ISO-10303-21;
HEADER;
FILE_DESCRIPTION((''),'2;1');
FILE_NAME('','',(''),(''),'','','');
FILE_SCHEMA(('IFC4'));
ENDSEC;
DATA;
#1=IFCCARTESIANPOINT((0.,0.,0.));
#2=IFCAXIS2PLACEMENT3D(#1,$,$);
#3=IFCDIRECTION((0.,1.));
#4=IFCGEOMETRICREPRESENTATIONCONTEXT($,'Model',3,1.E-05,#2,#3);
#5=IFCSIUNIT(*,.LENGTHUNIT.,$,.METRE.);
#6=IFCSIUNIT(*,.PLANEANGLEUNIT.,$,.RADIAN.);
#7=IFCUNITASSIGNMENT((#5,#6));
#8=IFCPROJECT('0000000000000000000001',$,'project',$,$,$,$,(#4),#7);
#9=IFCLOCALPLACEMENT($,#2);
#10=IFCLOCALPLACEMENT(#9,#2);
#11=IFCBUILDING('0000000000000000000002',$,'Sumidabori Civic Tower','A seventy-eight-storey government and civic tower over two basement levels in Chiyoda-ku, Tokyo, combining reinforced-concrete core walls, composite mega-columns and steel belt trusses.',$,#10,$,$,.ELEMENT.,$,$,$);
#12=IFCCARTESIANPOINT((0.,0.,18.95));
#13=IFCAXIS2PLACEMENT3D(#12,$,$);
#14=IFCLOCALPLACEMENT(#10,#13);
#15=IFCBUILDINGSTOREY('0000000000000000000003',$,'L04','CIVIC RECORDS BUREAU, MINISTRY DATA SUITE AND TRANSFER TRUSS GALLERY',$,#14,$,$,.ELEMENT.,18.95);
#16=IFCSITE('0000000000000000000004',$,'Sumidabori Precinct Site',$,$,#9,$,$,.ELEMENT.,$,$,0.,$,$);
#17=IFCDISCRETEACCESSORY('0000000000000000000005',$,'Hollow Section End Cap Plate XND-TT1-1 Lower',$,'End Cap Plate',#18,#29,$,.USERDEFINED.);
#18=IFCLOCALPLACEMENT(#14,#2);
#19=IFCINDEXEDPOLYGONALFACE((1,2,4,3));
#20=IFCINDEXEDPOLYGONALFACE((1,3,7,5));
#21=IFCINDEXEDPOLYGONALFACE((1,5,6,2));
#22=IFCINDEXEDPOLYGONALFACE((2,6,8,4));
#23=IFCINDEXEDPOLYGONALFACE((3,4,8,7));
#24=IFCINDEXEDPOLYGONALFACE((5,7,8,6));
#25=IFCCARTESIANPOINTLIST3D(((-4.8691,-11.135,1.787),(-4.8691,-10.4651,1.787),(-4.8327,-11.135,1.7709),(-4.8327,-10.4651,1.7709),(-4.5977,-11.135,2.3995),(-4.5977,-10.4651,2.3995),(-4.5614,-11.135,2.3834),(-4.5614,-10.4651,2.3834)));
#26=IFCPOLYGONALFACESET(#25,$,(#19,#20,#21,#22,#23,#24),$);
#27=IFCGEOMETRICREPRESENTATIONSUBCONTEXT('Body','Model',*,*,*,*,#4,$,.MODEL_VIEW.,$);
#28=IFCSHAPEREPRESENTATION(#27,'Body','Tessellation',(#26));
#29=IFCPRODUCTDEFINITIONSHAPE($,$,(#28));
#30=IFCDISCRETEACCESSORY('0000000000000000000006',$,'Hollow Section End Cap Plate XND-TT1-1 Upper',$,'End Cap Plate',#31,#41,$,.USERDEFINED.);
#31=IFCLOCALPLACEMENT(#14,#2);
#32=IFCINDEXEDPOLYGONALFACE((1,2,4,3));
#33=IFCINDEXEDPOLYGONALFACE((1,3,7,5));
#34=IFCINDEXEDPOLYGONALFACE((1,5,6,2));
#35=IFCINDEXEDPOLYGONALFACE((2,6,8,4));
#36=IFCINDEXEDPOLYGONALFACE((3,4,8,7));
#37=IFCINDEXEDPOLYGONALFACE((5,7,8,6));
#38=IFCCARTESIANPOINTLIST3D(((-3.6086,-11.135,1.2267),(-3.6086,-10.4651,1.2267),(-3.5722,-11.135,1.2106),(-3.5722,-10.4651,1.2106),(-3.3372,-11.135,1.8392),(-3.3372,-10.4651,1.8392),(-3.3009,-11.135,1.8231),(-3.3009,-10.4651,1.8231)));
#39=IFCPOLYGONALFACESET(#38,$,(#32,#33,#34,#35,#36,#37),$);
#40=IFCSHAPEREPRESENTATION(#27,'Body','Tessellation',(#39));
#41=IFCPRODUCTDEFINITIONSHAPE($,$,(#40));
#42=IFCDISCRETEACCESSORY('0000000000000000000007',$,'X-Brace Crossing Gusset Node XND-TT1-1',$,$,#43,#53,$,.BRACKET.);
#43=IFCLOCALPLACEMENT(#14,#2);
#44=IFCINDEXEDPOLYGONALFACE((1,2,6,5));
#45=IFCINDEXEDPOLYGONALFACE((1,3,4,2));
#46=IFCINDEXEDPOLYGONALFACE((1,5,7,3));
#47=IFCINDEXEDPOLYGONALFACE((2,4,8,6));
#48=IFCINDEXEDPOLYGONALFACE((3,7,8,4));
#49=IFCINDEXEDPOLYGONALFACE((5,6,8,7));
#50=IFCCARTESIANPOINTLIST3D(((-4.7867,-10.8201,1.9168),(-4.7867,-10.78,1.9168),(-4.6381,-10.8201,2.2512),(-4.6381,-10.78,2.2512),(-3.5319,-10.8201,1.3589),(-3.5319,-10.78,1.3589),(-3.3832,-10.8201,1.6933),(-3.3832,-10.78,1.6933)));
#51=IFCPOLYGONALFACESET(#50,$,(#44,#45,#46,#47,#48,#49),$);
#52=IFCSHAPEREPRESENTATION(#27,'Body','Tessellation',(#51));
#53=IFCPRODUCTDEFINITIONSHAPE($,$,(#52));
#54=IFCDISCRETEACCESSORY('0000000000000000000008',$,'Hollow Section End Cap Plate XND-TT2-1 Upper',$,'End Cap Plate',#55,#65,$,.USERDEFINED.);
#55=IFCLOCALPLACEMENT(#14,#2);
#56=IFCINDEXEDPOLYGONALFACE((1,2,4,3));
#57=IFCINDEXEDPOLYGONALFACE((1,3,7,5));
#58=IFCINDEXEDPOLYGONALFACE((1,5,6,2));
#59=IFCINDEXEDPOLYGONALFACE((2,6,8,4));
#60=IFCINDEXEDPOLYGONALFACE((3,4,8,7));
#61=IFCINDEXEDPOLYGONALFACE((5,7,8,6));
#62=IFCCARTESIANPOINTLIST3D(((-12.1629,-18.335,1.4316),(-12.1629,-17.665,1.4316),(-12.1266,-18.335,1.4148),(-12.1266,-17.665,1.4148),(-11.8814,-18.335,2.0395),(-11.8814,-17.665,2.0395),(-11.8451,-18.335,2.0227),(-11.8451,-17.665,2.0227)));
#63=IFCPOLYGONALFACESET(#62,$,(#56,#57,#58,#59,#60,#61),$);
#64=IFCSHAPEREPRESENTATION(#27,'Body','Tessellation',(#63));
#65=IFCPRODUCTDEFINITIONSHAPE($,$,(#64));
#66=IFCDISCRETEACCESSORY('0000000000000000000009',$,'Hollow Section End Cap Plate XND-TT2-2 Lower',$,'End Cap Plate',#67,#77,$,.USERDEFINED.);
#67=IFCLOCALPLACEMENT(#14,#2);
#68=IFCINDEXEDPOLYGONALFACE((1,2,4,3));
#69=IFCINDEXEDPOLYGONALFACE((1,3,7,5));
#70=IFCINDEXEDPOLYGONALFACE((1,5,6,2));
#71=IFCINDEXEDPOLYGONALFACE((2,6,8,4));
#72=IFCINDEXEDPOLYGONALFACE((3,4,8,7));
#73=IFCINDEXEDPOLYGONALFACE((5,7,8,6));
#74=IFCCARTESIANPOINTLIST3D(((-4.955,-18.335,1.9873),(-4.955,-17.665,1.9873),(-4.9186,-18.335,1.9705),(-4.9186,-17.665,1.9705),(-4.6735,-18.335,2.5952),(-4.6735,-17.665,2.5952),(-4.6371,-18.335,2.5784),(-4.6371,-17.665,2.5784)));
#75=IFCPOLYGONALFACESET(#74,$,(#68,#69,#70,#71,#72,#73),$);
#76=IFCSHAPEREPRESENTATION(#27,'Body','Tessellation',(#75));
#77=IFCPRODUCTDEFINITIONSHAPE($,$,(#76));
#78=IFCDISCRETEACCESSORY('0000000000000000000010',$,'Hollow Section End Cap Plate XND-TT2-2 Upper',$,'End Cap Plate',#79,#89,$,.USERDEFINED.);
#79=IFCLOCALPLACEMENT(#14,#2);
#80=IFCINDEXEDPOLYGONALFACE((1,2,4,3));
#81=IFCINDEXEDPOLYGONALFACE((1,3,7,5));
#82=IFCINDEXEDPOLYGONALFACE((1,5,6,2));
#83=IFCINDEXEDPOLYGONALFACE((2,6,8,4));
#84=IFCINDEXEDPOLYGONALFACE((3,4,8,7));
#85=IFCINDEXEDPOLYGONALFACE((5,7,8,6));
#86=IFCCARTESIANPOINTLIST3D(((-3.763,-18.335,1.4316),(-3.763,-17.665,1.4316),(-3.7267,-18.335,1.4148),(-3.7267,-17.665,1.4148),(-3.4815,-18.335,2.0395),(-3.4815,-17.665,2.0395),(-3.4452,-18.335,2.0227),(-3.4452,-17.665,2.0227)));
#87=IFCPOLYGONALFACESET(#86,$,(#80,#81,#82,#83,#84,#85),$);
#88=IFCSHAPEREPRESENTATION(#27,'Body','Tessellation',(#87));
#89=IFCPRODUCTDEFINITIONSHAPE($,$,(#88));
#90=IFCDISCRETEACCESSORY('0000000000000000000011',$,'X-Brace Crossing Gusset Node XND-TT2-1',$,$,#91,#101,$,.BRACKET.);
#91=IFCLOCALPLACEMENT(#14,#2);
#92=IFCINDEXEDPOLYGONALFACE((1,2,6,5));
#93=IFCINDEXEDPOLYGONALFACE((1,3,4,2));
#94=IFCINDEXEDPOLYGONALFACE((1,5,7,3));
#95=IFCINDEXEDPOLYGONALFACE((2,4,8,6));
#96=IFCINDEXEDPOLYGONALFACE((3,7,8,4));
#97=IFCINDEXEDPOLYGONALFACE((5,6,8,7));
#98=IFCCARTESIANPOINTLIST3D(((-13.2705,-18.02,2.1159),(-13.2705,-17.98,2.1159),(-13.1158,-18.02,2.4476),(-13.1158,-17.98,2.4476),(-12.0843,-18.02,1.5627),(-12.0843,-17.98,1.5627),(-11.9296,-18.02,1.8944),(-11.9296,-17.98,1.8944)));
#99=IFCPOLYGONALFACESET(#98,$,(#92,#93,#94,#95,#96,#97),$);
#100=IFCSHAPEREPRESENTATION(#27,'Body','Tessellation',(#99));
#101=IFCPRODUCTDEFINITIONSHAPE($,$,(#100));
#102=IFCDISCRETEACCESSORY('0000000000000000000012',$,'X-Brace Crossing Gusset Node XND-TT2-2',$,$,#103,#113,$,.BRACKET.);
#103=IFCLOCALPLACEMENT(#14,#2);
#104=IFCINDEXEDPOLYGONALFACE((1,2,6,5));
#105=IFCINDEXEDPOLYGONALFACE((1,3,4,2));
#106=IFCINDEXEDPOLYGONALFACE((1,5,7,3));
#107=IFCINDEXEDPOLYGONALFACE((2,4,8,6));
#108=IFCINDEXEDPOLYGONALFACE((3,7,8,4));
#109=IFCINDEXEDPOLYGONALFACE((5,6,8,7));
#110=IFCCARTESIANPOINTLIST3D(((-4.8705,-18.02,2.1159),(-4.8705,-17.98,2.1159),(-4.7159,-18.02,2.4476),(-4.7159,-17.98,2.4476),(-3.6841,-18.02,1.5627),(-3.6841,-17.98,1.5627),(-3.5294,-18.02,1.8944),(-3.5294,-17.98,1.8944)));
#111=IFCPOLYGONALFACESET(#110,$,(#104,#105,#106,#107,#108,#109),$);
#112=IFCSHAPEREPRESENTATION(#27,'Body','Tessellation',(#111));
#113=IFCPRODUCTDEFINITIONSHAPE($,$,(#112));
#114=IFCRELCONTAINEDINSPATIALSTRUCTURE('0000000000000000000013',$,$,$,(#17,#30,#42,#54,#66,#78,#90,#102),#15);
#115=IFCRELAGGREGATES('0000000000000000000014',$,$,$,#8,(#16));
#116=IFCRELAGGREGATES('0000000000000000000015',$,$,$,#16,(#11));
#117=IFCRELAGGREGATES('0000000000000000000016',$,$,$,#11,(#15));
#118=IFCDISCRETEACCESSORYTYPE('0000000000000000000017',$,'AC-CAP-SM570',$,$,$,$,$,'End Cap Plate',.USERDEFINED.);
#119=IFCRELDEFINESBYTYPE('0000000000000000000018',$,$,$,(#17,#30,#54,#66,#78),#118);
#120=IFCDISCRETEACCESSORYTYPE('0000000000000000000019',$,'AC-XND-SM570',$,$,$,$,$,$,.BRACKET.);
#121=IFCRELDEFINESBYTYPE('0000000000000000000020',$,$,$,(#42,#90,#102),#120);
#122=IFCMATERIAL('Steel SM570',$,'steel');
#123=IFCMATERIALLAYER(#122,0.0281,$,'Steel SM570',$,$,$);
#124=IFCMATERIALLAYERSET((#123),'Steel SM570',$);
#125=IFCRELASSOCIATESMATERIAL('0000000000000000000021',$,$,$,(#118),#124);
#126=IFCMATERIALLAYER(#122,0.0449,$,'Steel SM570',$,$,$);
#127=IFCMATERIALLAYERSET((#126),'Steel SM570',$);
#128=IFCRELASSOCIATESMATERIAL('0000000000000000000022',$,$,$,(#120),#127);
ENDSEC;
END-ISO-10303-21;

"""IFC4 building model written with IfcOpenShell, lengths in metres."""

from ifc_helpers import new_model, si_unit, direction, frame, origin, origin_2d, place, context, subcontext, project, spatial, rectangle, extrude, source, transform, mapped, material, layer, layer_set, type_object, element, save


model = new_model("IFC4")

# Units and contexts
model_context = context("Model", 3, precision=1e-05, world=origin(), true_north=direction((0.0, 1.0)))
body_context = subcontext(model_context, "Body", "Model", "MODEL_VIEW")
ifc_project = project(units=[si_unit("LENGTHUNIT", "METRE"), si_unit("PLANEANGLEUNIT", "RADIAN")], contexts=[model_context])

# Site, building, storey
site_placement = place(None, origin())
site = spatial("IfcSite", under=ifc_project, at=site_placement, Name="Sumidabori Precinct Site", CompositionType="ELEMENT", RefElevation=0.0)
building_placement = place(site_placement, origin())
building = spatial("IfcBuilding", under=site, at=building_placement, Name="Sumidabori Civic Tower", Description="A seventy-eight-storey government and civic tower over two basement levels in Chiyoda-ku, Tokyo, combining reinforced-concrete core walls, composite mega-columns and steel belt trusses.", CompositionType="ELEMENT")
storey_placement = place(building_placement, frame((0.0, 0.0, 18.95)))
storey = spatial("IfcBuildingStorey", under=building, at=storey_placement, Name="L04", Description="CIVIC RECORDS BUREAU, MINISTRY DATA SUITE AND TRANSFER TRUSS GALLERY", CompositionType="ELEMENT", Elevation=18.95)

# Shared definitions
ifc_material_1 = material(Name="Steel SM570", Category="steel")

# Discrete accessories
ifc_layer_1 = layer(ifc_material_1, 0.0281, Name="Steel SM570")
ifc_layer_set_1 = layer_set([ifc_layer_1], Name="Steel SM570")
discrete_accessory_type_1 = type_object("IfcDiscreteAccessoryType", Name="AC-CAP-SM570", ElementType="End Cap Plate", PredefinedType="USERDEFINED", material=ifc_layer_set_1)
shared_shape_1 = source(origin(), body_context, "Body", "SweptSolid", [
    extrude(rectangle(XDim=0.6699, YDim=0.6699, at=origin_2d()), origin(), (0.0, 0.0, 1.0), 0.0398),
])
for number, where, z_axis, x_axis, name in (
    (1, (-4.7334, -10.8, 2.0933), (0.914317, 0.0, -0.404999), (0.0, 1.0, 0.0), "Hollow Section End Cap Plate XND-TT1-1 Lower"),
    (2, (-3.4365, -10.8, 1.5168), (-0.914317, 0.0, 0.404999), (0.0, -1.0, 0.0), "Hollow Section End Cap Plate XND-TT1-1 Upper"),
):
    element("IfcDiscreteAccessory", number, at=place(storey_placement, frame(where, z_axis=z_axis, x_axis=x_axis)), inside=storey, type_object=discrete_accessory_type_1, Name=name, ObjectType="End Cap Plate", PredefinedType="USERDEFINED", context=body_context, shape_type="MappedRepresentation", body=[
        mapped(shared_shape_1, transform((0.0, 0.0, 0.0), x_axis=(1.0, 0.0, 0.0), y_axis=(0.0, 1.0, 0.0), z_axis=(0.0, 0.0, 1.0), scale=1.0)),
    ])
ifc_layer_2 = layer(ifc_material_1, 0.0449, Name="Steel SM570")
ifc_layer_set_2 = layer_set([ifc_layer_2], Name="Steel SM570")
discrete_accessory_type_2 = type_object("IfcDiscreteAccessoryType", Name="AC-XND-SM570", PredefinedType="BRACKET", material=ifc_layer_set_2)
shared_shape_2 = source(origin(), body_context, "Body", "SweptSolid", [
    extrude(rectangle(XDim=0.04, YDim=0.366, at=origin_2d()), origin(), (0.0, 0.0, 1.0), 1.3733),
])
discrete_accessory_1_placement = place(storey_placement, frame((-4.7124, -10.8, 2.084), z_axis=(0.913775, 0.0, -0.406221), x_axis=(0.0, 1.0, 0.0)))
element("IfcDiscreteAccessory", 3, at=discrete_accessory_1_placement, inside=storey, type_object=discrete_accessory_type_2, Name="X-Brace Crossing Gusset Node XND-TT1-1", PredefinedType="BRACKET", context=body_context, shape_type="MappedRepresentation", body=[
    mapped(shared_shape_2, transform((0.0, 0.0, 0.0), x_axis=(1.0, 0.0, 0.0), y_axis=(0.0, 1.0, 0.0), z_axis=(0.0, 0.0, 1.0), scale=1.0)),
])
shared_shape_3 = source(origin(), body_context, "Body", "SweptSolid", [
    extrude(rectangle(XDim=0.6699, YDim=0.6699, at=origin_2d()), origin(), (0.0, 0.0, 1.0), 0.04),
])
for number, where, z_axis, x_axis, name in (
    (4, (-11.9858, -18.0, 1.7188), (-0.907424, 0.0, 0.420216), (0.0, -1.0, 0.0), "Hollow Section End Cap Plate XND-TT2-1 Upper"),
    (5, (-4.8142, -18.0, 2.2913), (0.907424, 0.0, -0.420216), (0.0, 1.0, 0.0), "Hollow Section End Cap Plate XND-TT2-2 Lower"),
    (6, (-3.5859, -18.0, 1.7188), (-0.907424, 0.0, 0.420216), (0.0, -1.0, 0.0), "Hollow Section End Cap Plate XND-TT2-2 Upper"),
):
    element("IfcDiscreteAccessory", number, at=place(storey_placement, frame(where, z_axis=z_axis, x_axis=x_axis)), inside=storey, type_object=discrete_accessory_type_1, Name=name, ObjectType="End Cap Plate", PredefinedType="USERDEFINED", context=body_context, shape_type="MappedRepresentation", body=[
        mapped(shared_shape_3, transform((0.0, 0.0, 0.0), x_axis=(1.0, 0.0, 0.0), y_axis=(0.0, 1.0, 0.0), z_axis=(0.0, 0.0, 1.0), scale=1.0)),
    ])
shared_shape_4 = source(origin(), body_context, "Body", "SweptSolid", [
    extrude(rectangle(XDim=0.04, YDim=0.366, at=origin_2d()), origin(), (0.0, 0.0, 1.0), 1.3088),
])
discrete_accessory_2_placement = place(storey_placement, frame((-13.1931, -18.0, 2.2817), z_axis=(0.906293, 0.0, -0.422651), x_axis=(0.0, 1.0, 0.0)))
element("IfcDiscreteAccessory", 7, at=discrete_accessory_2_placement, inside=storey, type_object=discrete_accessory_type_2, Name="X-Brace Crossing Gusset Node XND-TT2-1", PredefinedType="BRACKET", context=body_context, shape_type="MappedRepresentation", body=[
    mapped(shared_shape_4, transform((0.0, 0.0, 0.0), x_axis=(1.0, 0.0, 0.0), y_axis=(0.0, 1.0, 0.0), z_axis=(0.0, 0.0, 1.0), scale=1.0)),
])
shared_shape_5 = source(origin(), body_context, "Body", "SweptSolid", [
    extrude(rectangle(XDim=0.04, YDim=0.366, at=origin_2d()), origin(), (0.0, 0.0, 1.0), 1.3091),
])
discrete_accessory_3_placement = place(storey_placement, frame((-4.7932, -18.0, 2.2817), z_axis=(0.906326, 0.0, -0.422579), x_axis=(0.0, 1.0, 0.0)))
element("IfcDiscreteAccessory", 8, at=discrete_accessory_3_placement, inside=storey, type_object=discrete_accessory_type_2, Name="X-Brace Crossing Gusset Node XND-TT2-2", PredefinedType="BRACKET", context=body_context, shape_type="MappedRepresentation", body=[
    mapped(shared_shape_5, transform((0.0, 0.0, 0.0), x_axis=(1.0, 0.0, 0.0), y_axis=(0.0, 1.0, 0.0), z_axis=(0.0, 0.0, 1.0), scale=1.0)),
])

save(model, "model.ifc")
